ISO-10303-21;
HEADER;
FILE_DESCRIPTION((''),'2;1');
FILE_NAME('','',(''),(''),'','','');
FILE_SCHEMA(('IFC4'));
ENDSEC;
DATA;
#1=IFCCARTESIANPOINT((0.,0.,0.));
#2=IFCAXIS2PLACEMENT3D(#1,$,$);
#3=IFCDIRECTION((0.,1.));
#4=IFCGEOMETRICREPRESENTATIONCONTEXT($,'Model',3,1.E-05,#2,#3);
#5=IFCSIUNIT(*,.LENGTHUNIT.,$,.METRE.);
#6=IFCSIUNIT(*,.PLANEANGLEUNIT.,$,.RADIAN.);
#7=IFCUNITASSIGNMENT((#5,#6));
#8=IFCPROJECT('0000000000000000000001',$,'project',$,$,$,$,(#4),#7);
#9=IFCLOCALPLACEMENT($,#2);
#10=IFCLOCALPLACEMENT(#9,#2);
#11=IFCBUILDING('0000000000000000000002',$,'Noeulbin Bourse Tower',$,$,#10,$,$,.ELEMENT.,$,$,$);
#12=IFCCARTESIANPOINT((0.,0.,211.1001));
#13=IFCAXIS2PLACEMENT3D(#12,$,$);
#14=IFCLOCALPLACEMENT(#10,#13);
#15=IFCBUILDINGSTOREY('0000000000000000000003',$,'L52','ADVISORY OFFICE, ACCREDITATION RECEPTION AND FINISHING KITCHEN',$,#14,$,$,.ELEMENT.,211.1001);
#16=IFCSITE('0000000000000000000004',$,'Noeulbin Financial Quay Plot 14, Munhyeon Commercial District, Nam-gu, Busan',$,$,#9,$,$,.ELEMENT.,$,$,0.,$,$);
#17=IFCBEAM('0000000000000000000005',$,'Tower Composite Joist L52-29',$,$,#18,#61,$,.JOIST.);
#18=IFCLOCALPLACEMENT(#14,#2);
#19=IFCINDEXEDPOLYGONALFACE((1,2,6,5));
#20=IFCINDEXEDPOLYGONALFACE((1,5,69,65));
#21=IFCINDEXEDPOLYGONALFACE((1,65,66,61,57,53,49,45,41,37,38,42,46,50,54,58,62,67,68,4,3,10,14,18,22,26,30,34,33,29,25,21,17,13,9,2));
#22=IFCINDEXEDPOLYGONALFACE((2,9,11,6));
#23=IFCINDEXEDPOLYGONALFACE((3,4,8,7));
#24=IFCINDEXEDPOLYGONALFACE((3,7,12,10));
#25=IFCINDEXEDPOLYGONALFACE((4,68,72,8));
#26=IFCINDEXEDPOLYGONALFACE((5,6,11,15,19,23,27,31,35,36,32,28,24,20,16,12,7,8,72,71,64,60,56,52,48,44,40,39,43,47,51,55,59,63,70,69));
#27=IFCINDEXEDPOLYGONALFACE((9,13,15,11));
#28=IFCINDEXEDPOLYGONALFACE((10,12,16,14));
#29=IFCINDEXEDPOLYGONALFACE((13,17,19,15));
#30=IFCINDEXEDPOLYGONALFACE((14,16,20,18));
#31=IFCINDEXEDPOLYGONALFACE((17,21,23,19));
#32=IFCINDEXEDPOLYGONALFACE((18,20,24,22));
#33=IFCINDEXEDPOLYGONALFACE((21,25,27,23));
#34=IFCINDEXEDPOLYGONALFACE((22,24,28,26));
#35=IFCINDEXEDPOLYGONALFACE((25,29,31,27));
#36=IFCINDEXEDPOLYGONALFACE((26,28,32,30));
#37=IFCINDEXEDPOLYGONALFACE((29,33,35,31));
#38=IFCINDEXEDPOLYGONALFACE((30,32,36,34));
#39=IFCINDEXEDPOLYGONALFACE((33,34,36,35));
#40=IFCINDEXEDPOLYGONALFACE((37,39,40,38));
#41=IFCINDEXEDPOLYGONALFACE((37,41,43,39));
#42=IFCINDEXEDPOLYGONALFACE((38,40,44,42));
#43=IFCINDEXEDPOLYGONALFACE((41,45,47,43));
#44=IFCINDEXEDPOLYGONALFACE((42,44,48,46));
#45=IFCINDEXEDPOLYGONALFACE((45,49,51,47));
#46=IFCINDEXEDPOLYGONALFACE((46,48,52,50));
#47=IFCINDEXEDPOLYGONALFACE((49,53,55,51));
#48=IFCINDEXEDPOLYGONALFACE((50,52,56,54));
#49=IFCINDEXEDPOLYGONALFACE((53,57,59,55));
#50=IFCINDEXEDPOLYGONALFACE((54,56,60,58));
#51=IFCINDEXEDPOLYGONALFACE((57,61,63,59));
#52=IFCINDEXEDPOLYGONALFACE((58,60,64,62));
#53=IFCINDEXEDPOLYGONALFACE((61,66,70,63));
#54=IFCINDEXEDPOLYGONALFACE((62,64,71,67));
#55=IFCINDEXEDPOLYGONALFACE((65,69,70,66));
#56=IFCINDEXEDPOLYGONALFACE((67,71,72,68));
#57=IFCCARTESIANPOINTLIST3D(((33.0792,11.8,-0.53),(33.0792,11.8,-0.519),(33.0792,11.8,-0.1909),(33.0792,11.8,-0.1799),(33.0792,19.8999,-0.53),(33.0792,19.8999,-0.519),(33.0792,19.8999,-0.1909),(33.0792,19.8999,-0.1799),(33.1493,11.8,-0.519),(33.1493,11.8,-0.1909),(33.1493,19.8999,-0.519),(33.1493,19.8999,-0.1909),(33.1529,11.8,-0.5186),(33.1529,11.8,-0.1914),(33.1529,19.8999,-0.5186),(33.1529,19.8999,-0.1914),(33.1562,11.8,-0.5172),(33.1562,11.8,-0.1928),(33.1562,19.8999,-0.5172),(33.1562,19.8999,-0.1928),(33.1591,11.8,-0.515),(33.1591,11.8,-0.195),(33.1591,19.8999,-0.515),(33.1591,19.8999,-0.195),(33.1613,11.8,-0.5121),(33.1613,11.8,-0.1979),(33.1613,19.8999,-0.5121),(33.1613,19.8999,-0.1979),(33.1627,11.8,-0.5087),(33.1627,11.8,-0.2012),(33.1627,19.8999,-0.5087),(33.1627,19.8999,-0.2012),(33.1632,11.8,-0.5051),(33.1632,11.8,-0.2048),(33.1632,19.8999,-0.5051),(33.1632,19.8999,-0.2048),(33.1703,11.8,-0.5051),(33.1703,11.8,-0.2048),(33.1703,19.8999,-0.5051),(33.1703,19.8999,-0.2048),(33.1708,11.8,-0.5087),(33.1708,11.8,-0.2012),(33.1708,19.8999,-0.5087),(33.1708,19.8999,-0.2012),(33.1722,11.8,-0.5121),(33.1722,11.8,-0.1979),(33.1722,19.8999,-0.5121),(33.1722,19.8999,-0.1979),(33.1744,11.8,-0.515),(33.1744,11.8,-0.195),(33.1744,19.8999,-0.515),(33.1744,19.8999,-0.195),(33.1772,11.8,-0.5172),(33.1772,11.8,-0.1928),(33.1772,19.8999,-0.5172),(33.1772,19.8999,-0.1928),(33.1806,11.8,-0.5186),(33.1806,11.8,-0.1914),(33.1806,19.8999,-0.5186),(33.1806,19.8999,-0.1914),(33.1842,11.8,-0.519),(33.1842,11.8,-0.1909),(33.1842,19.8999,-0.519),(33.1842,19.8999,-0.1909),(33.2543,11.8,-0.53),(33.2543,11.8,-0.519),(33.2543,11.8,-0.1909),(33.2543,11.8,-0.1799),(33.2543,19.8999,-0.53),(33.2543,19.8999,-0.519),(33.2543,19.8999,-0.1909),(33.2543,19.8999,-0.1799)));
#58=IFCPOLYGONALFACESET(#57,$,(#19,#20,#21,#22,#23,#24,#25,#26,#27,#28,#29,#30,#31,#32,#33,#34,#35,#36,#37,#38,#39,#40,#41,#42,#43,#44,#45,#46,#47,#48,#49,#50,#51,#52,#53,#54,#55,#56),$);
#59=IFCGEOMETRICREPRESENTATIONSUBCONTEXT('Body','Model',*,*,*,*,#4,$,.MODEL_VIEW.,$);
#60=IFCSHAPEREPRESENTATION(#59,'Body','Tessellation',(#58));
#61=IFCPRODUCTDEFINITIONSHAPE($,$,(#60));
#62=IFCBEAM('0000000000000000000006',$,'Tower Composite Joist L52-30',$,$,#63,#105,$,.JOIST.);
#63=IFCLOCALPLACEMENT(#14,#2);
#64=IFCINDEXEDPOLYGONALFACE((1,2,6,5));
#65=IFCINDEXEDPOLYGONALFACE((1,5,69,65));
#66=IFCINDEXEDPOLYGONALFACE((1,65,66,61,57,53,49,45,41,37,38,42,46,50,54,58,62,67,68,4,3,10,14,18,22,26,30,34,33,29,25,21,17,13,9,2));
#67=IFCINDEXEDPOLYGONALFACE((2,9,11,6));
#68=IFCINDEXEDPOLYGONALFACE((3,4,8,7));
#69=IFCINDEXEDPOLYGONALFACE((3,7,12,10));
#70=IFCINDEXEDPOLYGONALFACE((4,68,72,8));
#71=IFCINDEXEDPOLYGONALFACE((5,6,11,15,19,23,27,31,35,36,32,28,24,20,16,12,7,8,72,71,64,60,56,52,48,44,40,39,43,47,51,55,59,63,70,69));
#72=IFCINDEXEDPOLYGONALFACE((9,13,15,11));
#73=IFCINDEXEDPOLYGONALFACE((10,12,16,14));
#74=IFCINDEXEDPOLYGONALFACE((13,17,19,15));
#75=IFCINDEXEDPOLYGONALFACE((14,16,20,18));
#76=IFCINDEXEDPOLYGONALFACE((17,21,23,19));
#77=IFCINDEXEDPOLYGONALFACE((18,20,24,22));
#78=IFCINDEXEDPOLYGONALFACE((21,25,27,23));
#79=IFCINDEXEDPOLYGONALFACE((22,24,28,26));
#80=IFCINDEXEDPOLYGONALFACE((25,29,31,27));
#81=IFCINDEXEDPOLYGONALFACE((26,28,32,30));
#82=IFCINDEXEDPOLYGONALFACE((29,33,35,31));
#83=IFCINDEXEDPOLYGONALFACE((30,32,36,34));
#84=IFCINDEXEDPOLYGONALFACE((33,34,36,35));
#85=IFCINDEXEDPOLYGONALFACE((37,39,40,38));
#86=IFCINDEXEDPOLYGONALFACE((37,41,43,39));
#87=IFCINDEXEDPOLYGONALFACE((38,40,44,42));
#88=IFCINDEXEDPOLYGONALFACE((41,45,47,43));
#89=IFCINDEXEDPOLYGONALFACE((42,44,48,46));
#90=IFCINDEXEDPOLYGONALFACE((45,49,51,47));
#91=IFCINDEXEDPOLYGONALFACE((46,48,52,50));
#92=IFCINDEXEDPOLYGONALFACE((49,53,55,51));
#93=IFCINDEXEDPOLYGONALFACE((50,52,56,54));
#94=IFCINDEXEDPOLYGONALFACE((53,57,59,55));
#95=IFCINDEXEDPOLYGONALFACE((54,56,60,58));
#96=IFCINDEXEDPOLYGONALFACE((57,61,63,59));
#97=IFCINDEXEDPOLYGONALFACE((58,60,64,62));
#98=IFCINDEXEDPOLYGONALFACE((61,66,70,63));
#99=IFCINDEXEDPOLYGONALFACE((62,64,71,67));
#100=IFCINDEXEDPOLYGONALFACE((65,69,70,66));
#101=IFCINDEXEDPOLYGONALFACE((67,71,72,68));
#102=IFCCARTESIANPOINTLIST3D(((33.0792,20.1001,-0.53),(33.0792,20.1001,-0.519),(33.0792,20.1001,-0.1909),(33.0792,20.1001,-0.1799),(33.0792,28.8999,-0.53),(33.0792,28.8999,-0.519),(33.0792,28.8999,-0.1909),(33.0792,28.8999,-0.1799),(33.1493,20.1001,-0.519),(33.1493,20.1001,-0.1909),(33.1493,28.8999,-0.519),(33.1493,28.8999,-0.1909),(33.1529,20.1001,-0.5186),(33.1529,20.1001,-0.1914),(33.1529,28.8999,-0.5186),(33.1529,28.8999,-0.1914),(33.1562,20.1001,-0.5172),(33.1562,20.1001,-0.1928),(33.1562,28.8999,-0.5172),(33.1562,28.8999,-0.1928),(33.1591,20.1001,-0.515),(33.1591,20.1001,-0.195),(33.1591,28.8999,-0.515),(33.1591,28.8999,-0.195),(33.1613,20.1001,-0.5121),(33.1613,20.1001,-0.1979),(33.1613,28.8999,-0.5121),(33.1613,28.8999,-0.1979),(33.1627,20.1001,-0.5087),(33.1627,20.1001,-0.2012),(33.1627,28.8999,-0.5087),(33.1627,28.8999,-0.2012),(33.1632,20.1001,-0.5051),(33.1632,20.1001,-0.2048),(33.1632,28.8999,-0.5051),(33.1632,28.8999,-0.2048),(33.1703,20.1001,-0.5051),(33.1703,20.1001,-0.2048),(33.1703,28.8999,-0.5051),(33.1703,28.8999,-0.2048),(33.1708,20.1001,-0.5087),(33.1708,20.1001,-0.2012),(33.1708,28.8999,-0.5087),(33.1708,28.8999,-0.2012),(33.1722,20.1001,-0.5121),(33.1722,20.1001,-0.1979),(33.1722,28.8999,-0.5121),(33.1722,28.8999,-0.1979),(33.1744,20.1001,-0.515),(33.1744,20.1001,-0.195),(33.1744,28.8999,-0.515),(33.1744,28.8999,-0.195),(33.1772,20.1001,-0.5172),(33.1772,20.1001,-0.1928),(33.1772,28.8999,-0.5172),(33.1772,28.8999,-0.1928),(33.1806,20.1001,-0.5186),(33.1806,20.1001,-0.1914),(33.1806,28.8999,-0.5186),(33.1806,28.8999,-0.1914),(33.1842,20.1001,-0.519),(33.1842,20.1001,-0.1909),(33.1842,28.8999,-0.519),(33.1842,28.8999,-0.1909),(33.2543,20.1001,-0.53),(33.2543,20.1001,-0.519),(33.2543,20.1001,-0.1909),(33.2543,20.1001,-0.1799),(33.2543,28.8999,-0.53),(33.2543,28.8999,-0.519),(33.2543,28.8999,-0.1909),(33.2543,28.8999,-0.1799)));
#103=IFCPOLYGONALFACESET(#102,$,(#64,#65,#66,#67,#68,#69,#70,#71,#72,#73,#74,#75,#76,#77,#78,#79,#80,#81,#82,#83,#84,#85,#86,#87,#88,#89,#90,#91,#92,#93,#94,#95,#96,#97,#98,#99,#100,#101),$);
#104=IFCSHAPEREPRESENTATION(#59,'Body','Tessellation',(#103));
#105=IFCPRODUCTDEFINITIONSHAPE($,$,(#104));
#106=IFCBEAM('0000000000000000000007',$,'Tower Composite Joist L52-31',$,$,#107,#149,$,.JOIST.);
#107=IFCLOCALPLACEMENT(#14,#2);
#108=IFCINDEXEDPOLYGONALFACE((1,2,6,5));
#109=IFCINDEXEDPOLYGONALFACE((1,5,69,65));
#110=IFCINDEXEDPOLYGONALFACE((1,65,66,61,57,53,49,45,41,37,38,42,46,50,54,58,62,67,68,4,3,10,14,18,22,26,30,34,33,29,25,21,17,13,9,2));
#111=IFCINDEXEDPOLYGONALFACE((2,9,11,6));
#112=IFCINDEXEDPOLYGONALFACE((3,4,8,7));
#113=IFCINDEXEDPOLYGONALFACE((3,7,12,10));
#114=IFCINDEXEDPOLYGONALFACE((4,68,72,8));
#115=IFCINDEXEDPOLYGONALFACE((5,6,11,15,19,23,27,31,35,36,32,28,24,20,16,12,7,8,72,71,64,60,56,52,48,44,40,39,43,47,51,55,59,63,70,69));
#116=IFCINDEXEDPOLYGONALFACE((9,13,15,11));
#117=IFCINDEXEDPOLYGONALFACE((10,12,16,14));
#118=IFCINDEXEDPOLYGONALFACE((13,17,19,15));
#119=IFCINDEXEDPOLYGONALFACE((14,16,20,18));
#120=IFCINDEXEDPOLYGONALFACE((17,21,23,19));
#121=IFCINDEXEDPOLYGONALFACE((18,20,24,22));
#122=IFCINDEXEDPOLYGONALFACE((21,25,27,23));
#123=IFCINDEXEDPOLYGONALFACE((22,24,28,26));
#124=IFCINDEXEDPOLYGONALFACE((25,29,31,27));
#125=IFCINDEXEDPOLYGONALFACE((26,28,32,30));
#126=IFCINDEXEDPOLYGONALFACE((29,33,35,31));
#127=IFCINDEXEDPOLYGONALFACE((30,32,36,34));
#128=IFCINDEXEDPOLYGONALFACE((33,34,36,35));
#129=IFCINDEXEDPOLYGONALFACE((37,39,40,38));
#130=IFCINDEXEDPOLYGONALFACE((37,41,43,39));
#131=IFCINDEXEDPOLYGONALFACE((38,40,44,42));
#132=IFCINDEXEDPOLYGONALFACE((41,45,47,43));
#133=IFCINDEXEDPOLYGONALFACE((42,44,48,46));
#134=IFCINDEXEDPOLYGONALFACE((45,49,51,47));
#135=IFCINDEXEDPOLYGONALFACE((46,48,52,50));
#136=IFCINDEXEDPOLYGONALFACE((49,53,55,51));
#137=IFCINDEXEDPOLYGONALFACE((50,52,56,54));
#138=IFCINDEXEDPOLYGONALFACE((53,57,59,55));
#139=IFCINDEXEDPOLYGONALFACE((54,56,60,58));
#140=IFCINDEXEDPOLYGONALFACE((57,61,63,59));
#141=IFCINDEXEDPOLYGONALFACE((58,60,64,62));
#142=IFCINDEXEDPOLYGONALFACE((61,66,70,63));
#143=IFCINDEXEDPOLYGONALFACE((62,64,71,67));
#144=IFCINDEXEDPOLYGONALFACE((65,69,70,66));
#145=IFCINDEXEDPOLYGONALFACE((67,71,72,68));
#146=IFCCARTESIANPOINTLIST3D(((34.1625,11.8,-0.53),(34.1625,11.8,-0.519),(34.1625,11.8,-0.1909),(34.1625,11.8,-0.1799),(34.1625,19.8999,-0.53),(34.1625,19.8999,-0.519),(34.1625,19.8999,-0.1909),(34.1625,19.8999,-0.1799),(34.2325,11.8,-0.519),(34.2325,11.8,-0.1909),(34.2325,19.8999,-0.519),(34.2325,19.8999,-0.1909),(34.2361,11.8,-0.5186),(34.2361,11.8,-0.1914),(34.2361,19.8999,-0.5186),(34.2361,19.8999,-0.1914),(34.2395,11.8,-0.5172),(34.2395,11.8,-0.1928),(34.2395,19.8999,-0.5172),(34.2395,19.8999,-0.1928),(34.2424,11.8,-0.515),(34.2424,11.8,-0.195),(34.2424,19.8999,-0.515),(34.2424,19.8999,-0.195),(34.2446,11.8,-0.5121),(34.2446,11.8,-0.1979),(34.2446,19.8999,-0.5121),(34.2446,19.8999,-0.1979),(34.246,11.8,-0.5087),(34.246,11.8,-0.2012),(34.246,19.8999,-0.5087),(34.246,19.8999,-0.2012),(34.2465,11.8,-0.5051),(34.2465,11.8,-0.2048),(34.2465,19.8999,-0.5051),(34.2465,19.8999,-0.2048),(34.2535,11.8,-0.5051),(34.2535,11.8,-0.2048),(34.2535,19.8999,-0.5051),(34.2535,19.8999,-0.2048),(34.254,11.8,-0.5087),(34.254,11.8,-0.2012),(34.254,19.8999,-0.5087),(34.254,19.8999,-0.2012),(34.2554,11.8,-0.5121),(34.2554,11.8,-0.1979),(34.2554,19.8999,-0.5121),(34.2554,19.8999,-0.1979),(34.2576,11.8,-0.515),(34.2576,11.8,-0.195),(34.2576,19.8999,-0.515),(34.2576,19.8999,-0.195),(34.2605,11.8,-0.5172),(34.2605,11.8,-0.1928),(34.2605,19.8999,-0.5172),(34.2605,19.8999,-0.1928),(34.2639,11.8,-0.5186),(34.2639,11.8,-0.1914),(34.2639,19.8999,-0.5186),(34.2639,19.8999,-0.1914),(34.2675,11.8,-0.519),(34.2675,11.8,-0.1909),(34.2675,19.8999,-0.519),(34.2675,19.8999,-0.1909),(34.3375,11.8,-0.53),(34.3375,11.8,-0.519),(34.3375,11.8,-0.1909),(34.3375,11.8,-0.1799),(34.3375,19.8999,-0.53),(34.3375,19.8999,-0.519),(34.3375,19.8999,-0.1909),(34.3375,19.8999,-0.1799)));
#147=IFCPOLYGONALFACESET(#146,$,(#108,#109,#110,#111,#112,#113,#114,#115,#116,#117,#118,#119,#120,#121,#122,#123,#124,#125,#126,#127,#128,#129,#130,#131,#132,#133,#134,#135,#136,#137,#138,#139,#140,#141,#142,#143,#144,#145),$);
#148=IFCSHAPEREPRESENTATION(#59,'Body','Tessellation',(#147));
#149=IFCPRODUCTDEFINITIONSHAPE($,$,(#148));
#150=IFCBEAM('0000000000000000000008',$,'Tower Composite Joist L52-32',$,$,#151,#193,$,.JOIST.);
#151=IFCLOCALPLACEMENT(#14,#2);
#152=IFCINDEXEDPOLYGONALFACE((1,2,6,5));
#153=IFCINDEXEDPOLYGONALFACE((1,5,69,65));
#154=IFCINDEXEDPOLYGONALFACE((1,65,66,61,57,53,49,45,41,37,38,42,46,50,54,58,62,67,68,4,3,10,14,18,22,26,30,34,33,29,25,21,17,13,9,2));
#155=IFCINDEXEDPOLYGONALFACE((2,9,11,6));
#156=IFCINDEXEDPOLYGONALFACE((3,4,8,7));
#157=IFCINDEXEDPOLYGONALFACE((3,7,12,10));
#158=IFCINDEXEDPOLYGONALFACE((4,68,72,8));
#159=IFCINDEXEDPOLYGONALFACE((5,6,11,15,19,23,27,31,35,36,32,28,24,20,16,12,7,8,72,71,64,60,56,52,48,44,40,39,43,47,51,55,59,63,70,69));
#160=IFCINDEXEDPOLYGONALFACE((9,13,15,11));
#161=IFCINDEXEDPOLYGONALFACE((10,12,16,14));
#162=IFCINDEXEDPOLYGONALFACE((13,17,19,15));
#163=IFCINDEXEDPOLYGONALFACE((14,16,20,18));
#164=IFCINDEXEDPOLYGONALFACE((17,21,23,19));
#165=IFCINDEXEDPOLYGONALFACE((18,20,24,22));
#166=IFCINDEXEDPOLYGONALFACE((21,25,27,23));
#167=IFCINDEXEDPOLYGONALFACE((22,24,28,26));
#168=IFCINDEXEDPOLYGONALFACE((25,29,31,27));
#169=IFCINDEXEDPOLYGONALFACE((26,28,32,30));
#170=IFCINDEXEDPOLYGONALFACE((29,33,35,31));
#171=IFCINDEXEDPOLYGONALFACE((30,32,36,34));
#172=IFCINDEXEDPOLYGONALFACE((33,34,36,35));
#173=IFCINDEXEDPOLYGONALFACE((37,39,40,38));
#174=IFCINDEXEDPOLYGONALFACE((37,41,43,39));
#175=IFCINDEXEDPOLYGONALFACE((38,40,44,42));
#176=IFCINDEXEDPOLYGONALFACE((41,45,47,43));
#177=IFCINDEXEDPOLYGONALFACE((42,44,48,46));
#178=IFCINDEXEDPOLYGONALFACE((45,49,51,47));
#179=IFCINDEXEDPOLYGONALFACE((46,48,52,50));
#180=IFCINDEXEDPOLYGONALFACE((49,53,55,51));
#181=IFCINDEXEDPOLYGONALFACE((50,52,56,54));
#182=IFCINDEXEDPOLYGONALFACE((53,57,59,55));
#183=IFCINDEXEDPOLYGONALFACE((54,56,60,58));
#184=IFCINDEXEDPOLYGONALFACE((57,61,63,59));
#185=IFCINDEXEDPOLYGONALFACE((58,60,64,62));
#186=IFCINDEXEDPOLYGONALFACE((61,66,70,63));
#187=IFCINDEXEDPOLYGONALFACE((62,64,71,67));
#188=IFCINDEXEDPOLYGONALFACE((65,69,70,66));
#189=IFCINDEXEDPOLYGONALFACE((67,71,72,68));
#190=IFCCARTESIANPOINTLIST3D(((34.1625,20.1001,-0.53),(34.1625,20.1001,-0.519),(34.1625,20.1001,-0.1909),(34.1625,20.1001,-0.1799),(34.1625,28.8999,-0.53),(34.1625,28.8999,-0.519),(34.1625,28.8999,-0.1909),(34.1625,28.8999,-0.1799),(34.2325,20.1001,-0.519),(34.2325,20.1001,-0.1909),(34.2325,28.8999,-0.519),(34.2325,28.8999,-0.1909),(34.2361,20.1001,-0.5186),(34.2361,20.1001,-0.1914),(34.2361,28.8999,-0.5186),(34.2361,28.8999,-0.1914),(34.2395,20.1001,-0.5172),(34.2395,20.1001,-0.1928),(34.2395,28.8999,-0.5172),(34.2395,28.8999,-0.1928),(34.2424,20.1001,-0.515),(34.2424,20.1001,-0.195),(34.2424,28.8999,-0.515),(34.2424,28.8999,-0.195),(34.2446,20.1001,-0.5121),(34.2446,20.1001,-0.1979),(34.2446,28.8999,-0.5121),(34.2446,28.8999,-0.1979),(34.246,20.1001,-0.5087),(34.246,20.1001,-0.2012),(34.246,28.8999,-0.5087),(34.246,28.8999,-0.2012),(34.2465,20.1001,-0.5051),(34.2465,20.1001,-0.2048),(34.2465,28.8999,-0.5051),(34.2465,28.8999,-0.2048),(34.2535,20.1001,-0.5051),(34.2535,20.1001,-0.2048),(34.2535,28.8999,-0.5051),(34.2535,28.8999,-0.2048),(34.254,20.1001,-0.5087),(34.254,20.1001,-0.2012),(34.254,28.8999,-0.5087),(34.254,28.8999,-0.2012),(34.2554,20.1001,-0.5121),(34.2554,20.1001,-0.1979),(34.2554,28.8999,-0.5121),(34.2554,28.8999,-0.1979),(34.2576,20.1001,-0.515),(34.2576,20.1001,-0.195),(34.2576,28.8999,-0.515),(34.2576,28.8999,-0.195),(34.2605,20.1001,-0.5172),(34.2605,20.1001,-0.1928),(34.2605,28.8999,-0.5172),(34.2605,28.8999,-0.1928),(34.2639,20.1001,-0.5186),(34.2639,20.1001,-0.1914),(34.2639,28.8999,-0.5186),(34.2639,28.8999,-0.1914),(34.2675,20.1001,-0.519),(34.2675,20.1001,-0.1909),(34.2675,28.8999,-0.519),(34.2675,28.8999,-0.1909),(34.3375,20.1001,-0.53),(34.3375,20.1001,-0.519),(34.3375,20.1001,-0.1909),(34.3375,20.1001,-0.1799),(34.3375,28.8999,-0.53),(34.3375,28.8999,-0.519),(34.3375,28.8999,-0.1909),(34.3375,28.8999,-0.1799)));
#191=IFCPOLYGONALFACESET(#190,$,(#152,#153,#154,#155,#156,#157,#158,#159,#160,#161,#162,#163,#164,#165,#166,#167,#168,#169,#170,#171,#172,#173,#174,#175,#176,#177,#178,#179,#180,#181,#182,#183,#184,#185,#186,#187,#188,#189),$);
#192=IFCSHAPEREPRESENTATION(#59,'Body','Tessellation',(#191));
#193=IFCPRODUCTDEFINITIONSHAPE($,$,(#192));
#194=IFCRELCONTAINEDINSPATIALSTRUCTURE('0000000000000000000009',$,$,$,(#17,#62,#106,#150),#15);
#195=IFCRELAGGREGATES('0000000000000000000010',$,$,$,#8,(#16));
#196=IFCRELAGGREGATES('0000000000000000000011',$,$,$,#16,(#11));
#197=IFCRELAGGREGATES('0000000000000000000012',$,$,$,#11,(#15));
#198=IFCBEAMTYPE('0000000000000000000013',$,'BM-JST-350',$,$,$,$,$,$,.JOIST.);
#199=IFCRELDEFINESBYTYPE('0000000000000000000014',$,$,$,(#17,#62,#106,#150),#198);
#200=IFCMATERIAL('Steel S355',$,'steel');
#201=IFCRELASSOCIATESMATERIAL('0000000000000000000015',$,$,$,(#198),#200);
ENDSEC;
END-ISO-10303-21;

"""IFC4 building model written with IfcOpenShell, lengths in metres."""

from ifc_helpers import new_model, si_unit, direction, frame, origin, origin_2d, place, context, subcontext, project, spatial, i_section, extrude, material, material_profile, profile_set, type_object, element, save


model = new_model("IFC4")

# Units and contexts
model_context = context("Model", 3, precision=1e-05, world=origin(), true_north=direction((0.0, 1.0)))
body_context = subcontext(model_context, "Body", "Model", "MODEL_VIEW")
ifc_project = project(units=[si_unit("LENGTHUNIT", "METRE"), si_unit("PLANEANGLEUNIT", "RADIAN")], contexts=[model_context])

# Site, building, storey
site_placement = place(None, origin())
site = spatial("IfcSite", under=ifc_project, at=site_placement, Name="Noeulbin Financial Quay Plot 14, Munhyeon Commercial District, Nam-gu, Busan", CompositionType="ELEMENT", RefElevation=0.0)
building_placement = place(site_placement, origin())
building = spatial("IfcBuilding", under=site, at=building_placement, Name="Noeulbin Bourse Tower", CompositionType="ELEMENT")
storey_placement = place(building_placement, frame((0.0, 0.0, 211.1001)))
storey = spatial("IfcBuildingStorey", under=building, at=storey_placement, Name="L52", Description="ADVISORY OFFICE, ACCREDITATION RECEPTION AND FINISHING KITCHEN", CompositionType="ELEMENT", Elevation=211.1001)

# Shared definitions
ifc_material_1 = material(Name="Steel S355", Category="steel")

# Beams
ifc_material_profile_1 = material_profile(ifc_material_1, i_section(OverallWidth=0.175, OverallDepth=0.3501, WebThickness=0.0071, FlangeThickness=0.011, FilletRadius=0.0139, at=origin_2d()), Name="H-350x175x7x11", Category="LoadBearing")
ifc_profile_set_1 = profile_set([ifc_material_profile_1], Name="Steel S355")
beam_type_1 = type_object("IfcBeamType", Name="BM-JST-350", PredefinedType="JOIST", material=ifc_profile_set_1)
beam_1_placement = place(storey_placement, frame((33.1667, 11.8, -0.355), z_axis=(0.0, 1.0, 0.0), x_axis=(-1.0, 0.0, 0.0)))
element("IfcBeam", 1, at=beam_1_placement, inside=storey, type_object=beam_type_1, Name="Tower Composite Joist L52-29", PredefinedType="JOIST", context=body_context, shape_type="SweptSolid", body=[
    extrude(i_section(OverallWidth=0.175, OverallDepth=0.3501, WebThickness=0.0071, FlangeThickness=0.011, FilletRadius=0.0139, at=origin_2d()), origin(), (0.0, 0.0, 1.0), 8.0999),
])
beam_2_placement = place(storey_placement, frame((33.1667, 20.1001, -0.355), z_axis=(0.0, 1.0, 0.0), x_axis=(-1.0, 0.0, 0.0)))
element("IfcBeam", 2, at=beam_2_placement, inside=storey, type_object=beam_type_1, Name="Tower Composite Joist L52-30", PredefinedType="JOIST", context=body_context, shape_type="SweptSolid", body=[
    extrude(i_section(OverallWidth=0.175, OverallDepth=0.3501, WebThickness=0.0071, FlangeThickness=0.011, FilletRadius=0.0139, at=origin_2d()), origin(), (0.0, 0.0, 1.0), 8.7998),
])
beam_3_placement = place(storey_placement, frame((34.25, 11.8, -0.355), z_axis=(0.0, 1.0, 0.0), x_axis=(-1.0, 0.0, 0.0)))
element("IfcBeam", 3, at=beam_3_placement, inside=storey, type_object=beam_type_1, Name="Tower Composite Joist L52-31", PredefinedType="JOIST", context=body_context, shape_type="SweptSolid", body=[
    extrude(i_section(OverallWidth=0.175, OverallDepth=0.3501, WebThickness=0.0071, FlangeThickness=0.011, FilletRadius=0.0139, at=origin_2d()), origin(), (0.0, 0.0, 1.0), 8.0999),
])
beam_4_placement = place(storey_placement, frame((34.25, 20.1001, -0.355), z_axis=(0.0, 1.0, 0.0), x_axis=(-1.0, 0.0, 0.0)))
element("IfcBeam", 4, at=beam_4_placement, inside=storey, type_object=beam_type_1, Name="Tower Composite Joist L52-32", PredefinedType="JOIST", context=body_context, shape_type="SweptSolid", body=[
    extrude(i_section(OverallWidth=0.175, OverallDepth=0.3501, WebThickness=0.0071, FlangeThickness=0.011, FilletRadius=0.0139, at=origin_2d()), origin(), (0.0, 0.0, 1.0), 8.7998),
])

save(model, "model.ifc")
